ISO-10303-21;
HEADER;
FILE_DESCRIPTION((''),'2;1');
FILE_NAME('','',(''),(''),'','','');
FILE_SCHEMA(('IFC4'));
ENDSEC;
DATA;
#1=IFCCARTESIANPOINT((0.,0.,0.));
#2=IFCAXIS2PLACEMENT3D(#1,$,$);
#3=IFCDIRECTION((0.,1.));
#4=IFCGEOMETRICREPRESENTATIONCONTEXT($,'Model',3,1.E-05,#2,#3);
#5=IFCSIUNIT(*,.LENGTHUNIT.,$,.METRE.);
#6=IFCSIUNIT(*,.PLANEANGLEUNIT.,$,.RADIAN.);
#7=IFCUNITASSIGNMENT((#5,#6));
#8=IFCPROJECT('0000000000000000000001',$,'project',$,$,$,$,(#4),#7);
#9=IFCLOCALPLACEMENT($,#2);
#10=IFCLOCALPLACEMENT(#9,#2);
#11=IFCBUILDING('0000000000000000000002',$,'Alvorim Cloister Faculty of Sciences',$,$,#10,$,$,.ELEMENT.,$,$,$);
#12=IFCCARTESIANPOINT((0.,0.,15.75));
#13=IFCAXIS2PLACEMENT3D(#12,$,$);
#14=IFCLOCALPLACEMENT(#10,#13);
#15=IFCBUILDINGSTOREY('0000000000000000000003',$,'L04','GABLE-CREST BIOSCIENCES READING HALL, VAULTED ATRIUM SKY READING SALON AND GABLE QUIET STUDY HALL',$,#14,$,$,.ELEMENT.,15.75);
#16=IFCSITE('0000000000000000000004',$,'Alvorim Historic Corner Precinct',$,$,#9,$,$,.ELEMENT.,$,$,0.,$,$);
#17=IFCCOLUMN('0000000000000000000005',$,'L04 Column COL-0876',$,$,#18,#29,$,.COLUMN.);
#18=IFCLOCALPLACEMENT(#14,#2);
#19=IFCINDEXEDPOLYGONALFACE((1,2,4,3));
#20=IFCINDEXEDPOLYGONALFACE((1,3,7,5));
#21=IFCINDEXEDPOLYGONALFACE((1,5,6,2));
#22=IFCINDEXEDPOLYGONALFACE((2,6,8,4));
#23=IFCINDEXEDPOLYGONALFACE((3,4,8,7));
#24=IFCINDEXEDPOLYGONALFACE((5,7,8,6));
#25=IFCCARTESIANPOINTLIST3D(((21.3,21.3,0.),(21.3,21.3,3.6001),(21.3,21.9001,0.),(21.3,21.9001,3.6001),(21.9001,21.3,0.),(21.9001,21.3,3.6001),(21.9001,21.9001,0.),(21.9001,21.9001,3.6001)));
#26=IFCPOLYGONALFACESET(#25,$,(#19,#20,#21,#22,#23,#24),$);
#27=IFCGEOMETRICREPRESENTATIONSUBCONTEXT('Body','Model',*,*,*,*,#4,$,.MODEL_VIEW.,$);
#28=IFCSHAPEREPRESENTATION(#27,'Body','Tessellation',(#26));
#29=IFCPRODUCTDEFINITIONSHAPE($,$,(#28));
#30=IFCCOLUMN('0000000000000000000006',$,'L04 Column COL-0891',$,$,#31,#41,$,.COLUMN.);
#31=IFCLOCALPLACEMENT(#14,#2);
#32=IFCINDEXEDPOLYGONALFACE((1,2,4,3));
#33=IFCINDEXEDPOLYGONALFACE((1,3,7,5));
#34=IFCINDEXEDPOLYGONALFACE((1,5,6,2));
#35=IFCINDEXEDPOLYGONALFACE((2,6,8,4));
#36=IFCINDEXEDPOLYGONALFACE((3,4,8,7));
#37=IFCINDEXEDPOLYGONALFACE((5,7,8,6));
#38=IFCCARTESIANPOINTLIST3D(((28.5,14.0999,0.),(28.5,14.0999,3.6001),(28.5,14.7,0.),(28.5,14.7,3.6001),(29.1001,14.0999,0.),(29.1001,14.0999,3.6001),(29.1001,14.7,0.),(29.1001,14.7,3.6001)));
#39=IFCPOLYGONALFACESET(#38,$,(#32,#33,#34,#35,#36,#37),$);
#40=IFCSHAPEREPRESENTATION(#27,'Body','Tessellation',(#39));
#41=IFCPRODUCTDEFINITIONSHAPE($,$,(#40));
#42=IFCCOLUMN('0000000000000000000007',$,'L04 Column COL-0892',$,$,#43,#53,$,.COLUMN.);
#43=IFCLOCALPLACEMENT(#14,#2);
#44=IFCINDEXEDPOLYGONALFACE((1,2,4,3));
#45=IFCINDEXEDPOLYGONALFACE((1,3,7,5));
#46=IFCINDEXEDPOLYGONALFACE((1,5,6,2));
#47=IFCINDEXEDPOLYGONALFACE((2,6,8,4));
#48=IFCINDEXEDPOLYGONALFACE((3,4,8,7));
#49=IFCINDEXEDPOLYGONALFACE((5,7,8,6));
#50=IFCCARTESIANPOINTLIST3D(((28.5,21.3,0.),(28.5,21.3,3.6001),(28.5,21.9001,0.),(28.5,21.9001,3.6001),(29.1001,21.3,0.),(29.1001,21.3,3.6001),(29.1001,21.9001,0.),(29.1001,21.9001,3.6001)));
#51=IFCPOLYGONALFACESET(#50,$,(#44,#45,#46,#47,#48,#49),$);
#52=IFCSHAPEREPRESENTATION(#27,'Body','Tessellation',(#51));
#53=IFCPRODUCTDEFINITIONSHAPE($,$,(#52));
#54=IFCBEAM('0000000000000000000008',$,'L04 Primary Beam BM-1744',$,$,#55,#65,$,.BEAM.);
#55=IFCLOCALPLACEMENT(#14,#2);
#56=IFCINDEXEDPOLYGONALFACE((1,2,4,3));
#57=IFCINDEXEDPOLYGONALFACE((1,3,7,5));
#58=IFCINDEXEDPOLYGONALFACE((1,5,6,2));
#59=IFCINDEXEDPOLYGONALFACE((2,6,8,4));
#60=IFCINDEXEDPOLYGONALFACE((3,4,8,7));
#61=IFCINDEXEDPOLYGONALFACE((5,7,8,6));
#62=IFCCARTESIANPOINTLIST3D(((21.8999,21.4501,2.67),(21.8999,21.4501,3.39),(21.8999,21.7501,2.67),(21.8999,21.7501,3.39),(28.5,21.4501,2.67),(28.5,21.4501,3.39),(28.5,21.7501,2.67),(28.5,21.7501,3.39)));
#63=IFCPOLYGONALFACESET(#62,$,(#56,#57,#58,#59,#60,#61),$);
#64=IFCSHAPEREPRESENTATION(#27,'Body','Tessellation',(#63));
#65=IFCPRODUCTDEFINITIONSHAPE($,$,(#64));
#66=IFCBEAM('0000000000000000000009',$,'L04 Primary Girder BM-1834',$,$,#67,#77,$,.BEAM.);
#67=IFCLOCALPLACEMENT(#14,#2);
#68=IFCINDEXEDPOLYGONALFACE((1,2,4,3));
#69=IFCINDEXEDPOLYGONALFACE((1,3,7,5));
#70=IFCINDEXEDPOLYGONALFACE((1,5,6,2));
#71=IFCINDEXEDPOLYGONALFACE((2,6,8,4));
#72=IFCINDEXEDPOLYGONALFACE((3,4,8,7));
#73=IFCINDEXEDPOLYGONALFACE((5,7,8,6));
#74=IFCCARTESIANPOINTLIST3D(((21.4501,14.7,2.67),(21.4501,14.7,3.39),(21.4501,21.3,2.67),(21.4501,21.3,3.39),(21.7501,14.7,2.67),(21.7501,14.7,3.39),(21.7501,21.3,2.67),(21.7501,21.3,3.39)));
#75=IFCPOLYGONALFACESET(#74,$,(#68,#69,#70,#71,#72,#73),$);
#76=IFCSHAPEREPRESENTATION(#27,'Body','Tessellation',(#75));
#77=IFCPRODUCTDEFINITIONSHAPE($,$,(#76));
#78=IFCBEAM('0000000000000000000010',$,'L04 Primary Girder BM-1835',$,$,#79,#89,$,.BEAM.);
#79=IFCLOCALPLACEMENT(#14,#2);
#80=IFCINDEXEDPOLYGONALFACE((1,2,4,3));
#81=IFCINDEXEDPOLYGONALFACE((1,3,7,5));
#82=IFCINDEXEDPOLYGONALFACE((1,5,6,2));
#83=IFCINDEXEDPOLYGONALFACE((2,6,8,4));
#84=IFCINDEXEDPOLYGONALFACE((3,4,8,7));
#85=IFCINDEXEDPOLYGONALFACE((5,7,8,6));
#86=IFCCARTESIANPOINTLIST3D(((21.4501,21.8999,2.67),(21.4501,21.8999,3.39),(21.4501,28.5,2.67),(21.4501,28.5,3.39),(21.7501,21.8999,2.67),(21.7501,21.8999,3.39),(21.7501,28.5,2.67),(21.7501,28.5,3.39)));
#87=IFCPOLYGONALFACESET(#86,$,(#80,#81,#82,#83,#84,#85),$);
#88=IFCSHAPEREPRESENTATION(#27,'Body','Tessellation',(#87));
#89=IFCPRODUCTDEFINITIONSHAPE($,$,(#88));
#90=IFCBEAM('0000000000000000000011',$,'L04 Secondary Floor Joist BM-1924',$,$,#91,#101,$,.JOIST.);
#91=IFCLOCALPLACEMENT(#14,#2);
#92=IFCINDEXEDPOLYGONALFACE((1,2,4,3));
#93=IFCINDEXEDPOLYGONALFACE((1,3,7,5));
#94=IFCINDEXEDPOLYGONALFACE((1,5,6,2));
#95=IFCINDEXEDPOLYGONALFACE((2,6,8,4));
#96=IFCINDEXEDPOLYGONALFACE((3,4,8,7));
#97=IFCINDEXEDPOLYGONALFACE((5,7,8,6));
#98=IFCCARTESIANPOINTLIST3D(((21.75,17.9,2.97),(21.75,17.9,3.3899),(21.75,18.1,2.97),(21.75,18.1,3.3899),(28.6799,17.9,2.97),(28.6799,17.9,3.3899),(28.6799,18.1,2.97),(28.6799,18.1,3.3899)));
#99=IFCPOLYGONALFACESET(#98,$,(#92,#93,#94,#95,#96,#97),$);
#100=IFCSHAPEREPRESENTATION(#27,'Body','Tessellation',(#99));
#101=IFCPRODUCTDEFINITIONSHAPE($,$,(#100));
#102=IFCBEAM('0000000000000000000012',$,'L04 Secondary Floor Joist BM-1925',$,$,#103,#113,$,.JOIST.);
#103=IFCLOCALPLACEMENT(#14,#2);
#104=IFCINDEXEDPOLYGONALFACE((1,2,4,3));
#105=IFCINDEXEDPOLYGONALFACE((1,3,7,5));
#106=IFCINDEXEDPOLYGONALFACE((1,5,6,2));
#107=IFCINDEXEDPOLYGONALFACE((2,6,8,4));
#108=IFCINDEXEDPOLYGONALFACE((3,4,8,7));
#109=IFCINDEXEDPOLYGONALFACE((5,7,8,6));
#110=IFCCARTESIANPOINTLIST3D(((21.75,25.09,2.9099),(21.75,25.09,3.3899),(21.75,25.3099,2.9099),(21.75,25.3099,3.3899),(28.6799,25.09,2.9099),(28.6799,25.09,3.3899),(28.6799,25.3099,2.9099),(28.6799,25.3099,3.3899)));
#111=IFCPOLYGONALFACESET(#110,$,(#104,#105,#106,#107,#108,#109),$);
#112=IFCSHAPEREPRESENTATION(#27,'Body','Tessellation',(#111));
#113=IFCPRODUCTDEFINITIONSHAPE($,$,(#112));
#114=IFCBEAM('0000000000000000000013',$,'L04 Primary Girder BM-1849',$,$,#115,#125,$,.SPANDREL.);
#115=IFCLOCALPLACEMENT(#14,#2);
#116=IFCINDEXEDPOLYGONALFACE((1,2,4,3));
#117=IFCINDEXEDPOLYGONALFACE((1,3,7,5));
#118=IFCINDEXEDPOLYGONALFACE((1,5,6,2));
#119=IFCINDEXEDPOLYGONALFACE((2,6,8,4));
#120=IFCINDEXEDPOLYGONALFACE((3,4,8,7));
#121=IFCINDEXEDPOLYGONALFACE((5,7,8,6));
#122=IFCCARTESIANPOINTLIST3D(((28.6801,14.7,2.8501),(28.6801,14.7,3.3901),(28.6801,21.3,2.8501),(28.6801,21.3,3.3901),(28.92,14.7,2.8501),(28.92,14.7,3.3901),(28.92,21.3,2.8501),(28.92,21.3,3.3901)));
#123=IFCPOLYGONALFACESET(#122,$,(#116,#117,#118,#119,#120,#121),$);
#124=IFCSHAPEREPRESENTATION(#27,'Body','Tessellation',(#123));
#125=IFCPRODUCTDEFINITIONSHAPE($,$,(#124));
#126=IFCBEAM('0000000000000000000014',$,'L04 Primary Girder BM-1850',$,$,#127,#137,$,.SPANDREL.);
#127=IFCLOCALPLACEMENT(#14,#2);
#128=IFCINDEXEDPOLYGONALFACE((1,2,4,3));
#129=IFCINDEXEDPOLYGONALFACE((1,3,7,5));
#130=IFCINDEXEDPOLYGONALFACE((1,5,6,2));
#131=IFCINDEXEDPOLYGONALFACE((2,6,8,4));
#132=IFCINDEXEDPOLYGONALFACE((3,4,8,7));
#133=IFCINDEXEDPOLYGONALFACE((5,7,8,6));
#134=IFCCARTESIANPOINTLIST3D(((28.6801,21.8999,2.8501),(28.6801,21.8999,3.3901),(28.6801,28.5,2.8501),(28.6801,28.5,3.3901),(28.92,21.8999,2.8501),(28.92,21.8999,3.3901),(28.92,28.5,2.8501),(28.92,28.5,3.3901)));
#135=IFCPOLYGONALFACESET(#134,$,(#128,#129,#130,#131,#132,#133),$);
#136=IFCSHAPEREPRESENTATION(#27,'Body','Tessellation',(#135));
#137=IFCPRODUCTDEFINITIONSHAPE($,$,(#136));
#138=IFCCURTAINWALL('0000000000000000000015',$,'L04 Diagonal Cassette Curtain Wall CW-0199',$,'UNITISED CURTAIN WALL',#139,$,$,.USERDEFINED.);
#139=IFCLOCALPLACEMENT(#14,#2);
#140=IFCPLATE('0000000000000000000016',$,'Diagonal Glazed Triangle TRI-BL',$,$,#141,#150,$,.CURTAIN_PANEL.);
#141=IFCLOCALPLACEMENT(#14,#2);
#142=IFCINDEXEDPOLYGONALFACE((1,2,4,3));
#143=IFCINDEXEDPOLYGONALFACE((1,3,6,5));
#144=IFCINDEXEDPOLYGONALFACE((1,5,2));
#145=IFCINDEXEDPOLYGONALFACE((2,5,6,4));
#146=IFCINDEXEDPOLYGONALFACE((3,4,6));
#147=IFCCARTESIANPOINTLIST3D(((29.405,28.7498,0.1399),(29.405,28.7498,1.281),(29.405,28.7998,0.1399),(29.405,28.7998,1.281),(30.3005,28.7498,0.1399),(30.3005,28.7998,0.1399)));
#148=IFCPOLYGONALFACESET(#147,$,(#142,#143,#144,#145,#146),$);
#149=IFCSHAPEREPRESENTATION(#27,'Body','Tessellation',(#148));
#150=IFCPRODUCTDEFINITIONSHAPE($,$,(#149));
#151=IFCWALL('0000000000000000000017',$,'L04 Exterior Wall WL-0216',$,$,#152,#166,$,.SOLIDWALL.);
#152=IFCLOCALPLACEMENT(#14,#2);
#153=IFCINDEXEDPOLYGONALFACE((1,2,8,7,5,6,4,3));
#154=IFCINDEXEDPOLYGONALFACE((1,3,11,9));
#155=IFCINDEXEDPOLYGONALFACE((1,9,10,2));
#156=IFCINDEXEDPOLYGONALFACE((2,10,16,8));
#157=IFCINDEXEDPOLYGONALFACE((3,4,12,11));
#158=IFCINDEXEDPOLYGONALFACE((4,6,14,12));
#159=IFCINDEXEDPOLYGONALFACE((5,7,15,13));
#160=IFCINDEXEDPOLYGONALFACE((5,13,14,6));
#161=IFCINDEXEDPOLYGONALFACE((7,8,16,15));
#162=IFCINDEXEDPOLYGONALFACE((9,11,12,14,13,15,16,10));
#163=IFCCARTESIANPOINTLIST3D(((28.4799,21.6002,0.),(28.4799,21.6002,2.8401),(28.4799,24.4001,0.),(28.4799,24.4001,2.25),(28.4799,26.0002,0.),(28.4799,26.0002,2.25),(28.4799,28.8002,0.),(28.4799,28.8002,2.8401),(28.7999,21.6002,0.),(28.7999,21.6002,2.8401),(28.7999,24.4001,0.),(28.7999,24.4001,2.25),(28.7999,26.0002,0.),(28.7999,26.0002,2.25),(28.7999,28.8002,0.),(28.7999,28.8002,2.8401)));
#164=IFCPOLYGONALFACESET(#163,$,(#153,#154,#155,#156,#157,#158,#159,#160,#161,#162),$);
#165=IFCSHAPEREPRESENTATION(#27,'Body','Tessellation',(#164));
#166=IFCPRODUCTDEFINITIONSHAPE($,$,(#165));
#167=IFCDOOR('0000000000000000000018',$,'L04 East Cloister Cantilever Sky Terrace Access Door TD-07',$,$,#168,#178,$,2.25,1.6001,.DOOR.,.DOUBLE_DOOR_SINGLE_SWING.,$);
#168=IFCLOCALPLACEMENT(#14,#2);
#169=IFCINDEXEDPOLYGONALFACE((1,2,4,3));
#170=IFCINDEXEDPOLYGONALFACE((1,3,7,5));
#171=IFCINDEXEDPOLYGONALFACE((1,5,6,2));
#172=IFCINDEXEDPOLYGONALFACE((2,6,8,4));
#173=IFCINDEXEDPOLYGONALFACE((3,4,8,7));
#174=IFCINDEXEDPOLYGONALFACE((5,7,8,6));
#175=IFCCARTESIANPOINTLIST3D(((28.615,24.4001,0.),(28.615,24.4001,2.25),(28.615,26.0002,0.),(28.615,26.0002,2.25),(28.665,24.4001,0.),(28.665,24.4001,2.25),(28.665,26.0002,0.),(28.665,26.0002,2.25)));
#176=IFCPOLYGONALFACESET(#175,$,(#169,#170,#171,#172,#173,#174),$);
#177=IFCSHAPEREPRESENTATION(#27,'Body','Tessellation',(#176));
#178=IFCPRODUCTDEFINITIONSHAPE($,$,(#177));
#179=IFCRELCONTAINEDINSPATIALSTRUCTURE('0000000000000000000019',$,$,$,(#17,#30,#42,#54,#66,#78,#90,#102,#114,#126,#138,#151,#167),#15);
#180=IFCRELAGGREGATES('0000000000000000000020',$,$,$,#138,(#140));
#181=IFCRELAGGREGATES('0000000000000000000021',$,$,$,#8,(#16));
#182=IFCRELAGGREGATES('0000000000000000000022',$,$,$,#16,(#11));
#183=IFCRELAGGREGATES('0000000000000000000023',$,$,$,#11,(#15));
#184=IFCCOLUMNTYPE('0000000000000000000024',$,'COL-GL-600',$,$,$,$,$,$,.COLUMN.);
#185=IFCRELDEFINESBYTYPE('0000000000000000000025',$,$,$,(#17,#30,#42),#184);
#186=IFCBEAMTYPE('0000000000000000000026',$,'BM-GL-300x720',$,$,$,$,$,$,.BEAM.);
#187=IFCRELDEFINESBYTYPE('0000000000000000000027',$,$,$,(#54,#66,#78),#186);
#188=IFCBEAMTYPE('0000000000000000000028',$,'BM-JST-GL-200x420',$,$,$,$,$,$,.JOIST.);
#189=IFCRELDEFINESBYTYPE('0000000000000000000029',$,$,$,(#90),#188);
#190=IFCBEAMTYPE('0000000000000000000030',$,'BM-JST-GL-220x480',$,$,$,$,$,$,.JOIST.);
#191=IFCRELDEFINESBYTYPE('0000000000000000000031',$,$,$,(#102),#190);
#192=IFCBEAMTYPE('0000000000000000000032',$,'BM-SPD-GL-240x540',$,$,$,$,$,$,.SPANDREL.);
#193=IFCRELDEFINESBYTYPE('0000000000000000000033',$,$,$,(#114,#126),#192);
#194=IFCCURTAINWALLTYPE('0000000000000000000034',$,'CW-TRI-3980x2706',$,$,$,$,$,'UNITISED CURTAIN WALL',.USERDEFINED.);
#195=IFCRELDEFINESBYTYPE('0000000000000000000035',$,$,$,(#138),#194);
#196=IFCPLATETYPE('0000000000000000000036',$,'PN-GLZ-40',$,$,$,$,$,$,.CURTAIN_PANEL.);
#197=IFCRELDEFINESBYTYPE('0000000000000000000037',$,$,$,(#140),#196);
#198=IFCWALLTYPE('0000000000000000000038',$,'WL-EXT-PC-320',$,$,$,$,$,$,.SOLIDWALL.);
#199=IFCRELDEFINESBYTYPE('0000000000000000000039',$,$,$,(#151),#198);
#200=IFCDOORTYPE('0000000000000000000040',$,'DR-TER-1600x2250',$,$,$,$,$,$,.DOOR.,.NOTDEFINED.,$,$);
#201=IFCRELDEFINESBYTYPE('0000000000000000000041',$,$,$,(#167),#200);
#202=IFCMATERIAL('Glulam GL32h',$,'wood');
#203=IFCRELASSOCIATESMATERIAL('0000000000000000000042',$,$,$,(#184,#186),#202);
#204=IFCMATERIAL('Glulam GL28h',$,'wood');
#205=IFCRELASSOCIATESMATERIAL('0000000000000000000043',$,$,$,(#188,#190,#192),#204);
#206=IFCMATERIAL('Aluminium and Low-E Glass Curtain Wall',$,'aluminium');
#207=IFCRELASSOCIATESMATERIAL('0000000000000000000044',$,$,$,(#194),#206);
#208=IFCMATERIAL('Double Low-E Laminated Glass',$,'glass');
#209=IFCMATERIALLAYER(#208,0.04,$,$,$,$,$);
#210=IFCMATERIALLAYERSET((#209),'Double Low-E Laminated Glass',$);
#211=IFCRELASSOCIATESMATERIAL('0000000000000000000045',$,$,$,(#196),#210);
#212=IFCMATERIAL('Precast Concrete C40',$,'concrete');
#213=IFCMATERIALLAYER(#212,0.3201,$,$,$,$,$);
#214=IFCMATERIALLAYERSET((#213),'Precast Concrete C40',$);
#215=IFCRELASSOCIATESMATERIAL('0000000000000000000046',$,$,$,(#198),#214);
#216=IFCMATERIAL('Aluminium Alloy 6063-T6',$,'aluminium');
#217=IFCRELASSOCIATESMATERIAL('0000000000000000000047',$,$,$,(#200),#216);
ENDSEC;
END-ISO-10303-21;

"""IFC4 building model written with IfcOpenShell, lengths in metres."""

from ifc_helpers import new_model, si_unit, direction, frame, frame_2d, origin, origin_2d, place, context, subcontext, project, spatial, polyline, rectangle, outline, extrude, material, layer, layer_set, material_profile, profile_set, type_object, element, fill, aggregate, save


model = new_model("IFC4")

# Units and contexts
model_context = context("Model", 3, precision=1e-05, world=origin(), true_north=direction((0.0, 1.0)))
body_context = subcontext(model_context, "Body", "Model", "MODEL_VIEW")
ifc_project = project(units=[si_unit("LENGTHUNIT", "METRE"), si_unit("PLANEANGLEUNIT", "RADIAN")], contexts=[model_context])

# Site, building, storey
site_placement = place(None, origin())
site = spatial("IfcSite", under=ifc_project, at=site_placement, Name="Alvorim Historic Corner Precinct", CompositionType="ELEMENT", RefElevation=0.0)
building_placement = place(site_placement, origin())
building = spatial("IfcBuilding", under=site, at=building_placement, Name="Alvorim Cloister Faculty of Sciences", CompositionType="ELEMENT")
storey_placement = place(building_placement, frame((0.0, 0.0, 15.75)))
storey = spatial("IfcBuildingStorey", under=building, at=storey_placement, Name="L04", Description="GABLE-CREST BIOSCIENCES READING HALL, VAULTED ATRIUM SKY READING SALON AND GABLE QUIET STUDY HALL", CompositionType="ELEMENT", Elevation=15.75)

# Columns
ifc_material_1 = material(Name="Glulam GL32h", Category="wood")
ifc_material_profile_1 = material_profile(ifc_material_1, rectangle(XDim=0.6001, YDim=0.6001, at=origin_2d()), Name="GL32-COL-600x600")
ifc_profile_set_1 = profile_set([ifc_material_profile_1], Name="Glulam GL32h")
column_type = type_object("IfcColumnType", Name="COL-GL-600", PredefinedType="COLUMN", material=ifc_profile_set_1)
for number, where, z_axis, x_axis, name in (
    (1, (21.6001, 21.6001, 0.0), (0.0, 0.0, 1.0), (1.0, 0.0, 0.0), "L04 Column COL-0876"),
    (2, (28.8, 14.3999, 0.0), (0.0, 0.0, 1.0), (1.0, 0.0, 0.0), "L04 Column COL-0891"),
    (3, (28.8, 21.6001, 0.0), (0.0, 0.0, 1.0), (1.0, 0.0, 0.0), "L04 Column COL-0892"),
):
    element("IfcColumn", number, at=place(storey_placement, frame(where, z_axis=z_axis, x_axis=x_axis)), inside=storey, type_object=column_type, Name=name, PredefinedType="COLUMN", context=body_context, shape_type="SweptSolid", body=[
        extrude(rectangle(XDim=0.6001, YDim=0.6001, at=origin_2d()), origin(), (0.0, 0.0, 1.0), 3.6001),
    ])

# Beams
ifc_material_profile_2 = material_profile(ifc_material_1, rectangle(XDim=0.3, YDim=0.72, at=origin_2d()), Name="GL32-BM-300x720")
ifc_profile_set_2 = profile_set([ifc_material_profile_2], Name="Glulam GL32h")
beam_type_1 = type_object("IfcBeamType", Name="BM-GL-300x720", PredefinedType="BEAM", material=ifc_profile_set_2)
for number, where, z_axis, x_axis, name in (
    (4, (21.8999, 21.6001, 3.03), (1.0, 0.0, 0.0), (0.0, 1.0, 0.0), "L04 Primary Beam BM-1744"),
    (5, (21.6001, 14.7, 3.03), (0.0, 1.0, 0.0), (-1.0, 0.0, 0.0), "L04 Primary Girder BM-1834"),
    (6, (21.6001, 21.8999, 3.03), (0.0, 1.0, 0.0), (-1.0, 0.0, 0.0), "L04 Primary Girder BM-1835"),
):
    element("IfcBeam", number, at=place(storey_placement, frame(where, z_axis=z_axis, x_axis=x_axis)), inside=storey, type_object=beam_type_1, Name=name, PredefinedType="BEAM", context=body_context, shape_type="SweptSolid", body=[
        extrude(rectangle(XDim=0.3, YDim=0.72, at=origin_2d()), origin(), (0.0, 0.0, 1.0), 6.6001),
    ])
ifc_material_2 = material(Name="Glulam GL28h", Category="wood")
ifc_material_profile_3 = material_profile(ifc_material_2, rectangle(XDim=0.2, YDim=0.4199, at=origin_2d()), Name="GL28-JST-200x420")
ifc_profile_set_3 = profile_set([ifc_material_profile_3], Name="Glulam GL28h")
beam_type_2 = type_object("IfcBeamType", Name="BM-JST-GL-200x420", PredefinedType="JOIST", material=ifc_profile_set_3)
beam_1_placement = place(storey_placement, frame((21.75, 18.0, 3.1799), z_axis=(1.0, 0.0, 0.0), x_axis=(0.0, 1.0, 0.0)))
element("IfcBeam", 7, at=beam_1_placement, inside=storey, type_object=beam_type_2, Name="L04 Secondary Floor Joist BM-1924", PredefinedType="JOIST", context=body_context, shape_type="SweptSolid", body=[
    extrude(rectangle(XDim=0.2, YDim=0.4199, at=origin_2d()), origin(), (0.0, 0.0, 1.0), 6.9299),
])
ifc_material_profile_4 = material_profile(ifc_material_2, rectangle(XDim=0.22, YDim=0.48, at=origin_2d()), Name="GL28-JST-220x480")
ifc_profile_set_4 = profile_set([ifc_material_profile_4], Name="Glulam GL28h")
beam_type_3 = type_object("IfcBeamType", Name="BM-JST-GL-220x480", PredefinedType="JOIST", material=ifc_profile_set_4)
beam_2_placement = place(storey_placement, frame((21.75, 25.2, 3.1499), z_axis=(1.0, 0.0, 0.0), x_axis=(0.0, 1.0, 0.0)))
element("IfcBeam", 8, at=beam_2_placement, inside=storey, type_object=beam_type_3, Name="L04 Secondary Floor Joist BM-1925", PredefinedType="JOIST", context=body_context, shape_type="SweptSolid", body=[
    extrude(rectangle(XDim=0.22, YDim=0.48, at=origin_2d()), origin(), (0.0, 0.0, 1.0), 6.9299),
])
ifc_material_profile_5 = material_profile(ifc_material_2, rectangle(XDim=0.24, YDim=0.54, at=origin_2d()), Name="GL28-SPD-240x540")
ifc_profile_set_5 = profile_set([ifc_material_profile_5], Name="Glulam GL28h")
beam_type_4 = type_object("IfcBeamType", Name="BM-SPD-GL-240x540", PredefinedType="SPANDREL", material=ifc_profile_set_5)
for number, where, z_axis, x_axis, name in (
    (9, (28.8, 14.7, 3.1201), (0.0, 1.0, 0.0), (-1.0, 0.0, 0.0), "L04 Primary Girder BM-1849"),
    (10, (28.8, 21.8999, 3.1201), (0.0, 1.0, 0.0), (-1.0, 0.0, 0.0), "L04 Primary Girder BM-1850"),
):
    element("IfcBeam", number, at=place(storey_placement, frame(where, z_axis=z_axis, x_axis=x_axis)), inside=storey, type_object=beam_type_4, Name=name, PredefinedType="SPANDREL", context=body_context, shape_type="SweptSolid", body=[
        extrude(rectangle(XDim=0.24, YDim=0.54, at=origin_2d()), origin(), (0.0, 0.0, 1.0), 6.6001),
    ])

# Curtain wall, plate
ifc_material_3 = material(Name="Aluminium and Low-E Glass Curtain Wall", Category="aluminium")
curtain_wall_type = type_object("IfcCurtainWallType", Name="CW-TRI-3980x2706", ElementType="UNITISED CURTAIN WALL", PredefinedType="USERDEFINED", material=ifc_material_3)
curtain_wall_placement = place(storey_placement, origin())
curtain_wall = element("IfcCurtainWall", 11, at=curtain_wall_placement, inside=storey, type_object=curtain_wall_type, Name="L04 Diagonal Cassette Curtain Wall CW-0199", ObjectType="UNITISED CURTAIN WALL", PredefinedType="USERDEFINED")
ifc_material_4 = material(Name="Double Low-E Laminated Glass", Category="glass")
ifc_layer_1 = layer(ifc_material_4, 0.04)
ifc_layer_set_1 = layer_set([ifc_layer_1], Name="Double Low-E Laminated Glass")
plate_type = type_object("IfcPlateType", Name="PN-GLZ-40", PredefinedType="CURTAIN_PANEL", material=ifc_layer_set_1)
plate_1_placement = place(storey_placement, frame((29.405, 28.7749, 0.1399), z_axis=(0.0, 0.0, 1.0), x_axis=(1.0, 0.0, 0.0)))
plate_1 = element("IfcPlate", 12, at=plate_1_placement, type_object=plate_type, Name="Diagonal Glazed Triangle TRI-BL", PredefinedType="CURTAIN_PANEL", context=body_context, shape_type="SweptSolid", body=[
    extrude(outline(polyline([(0.0, 0.0), (0.8955, 0.0), (0.0, 1.1411), (0.0, 0.0)])), frame((0.0, 0.0249, 0.0), z_axis=(0.0, -1.0, 0.0), x_axis=(1.0, 0.0, 0.0)), (0.0, 0.0, 1.0), 0.05),
])
aggregate(curtain_wall, [plate_1])

# Wall, opening, door
ifc_material_5 = material(Name="Precast Concrete C40", Category="concrete")
ifc_layer_2 = layer(ifc_material_5, 0.3201)
ifc_layer_set_2 = layer_set([ifc_layer_2], Name="Precast Concrete C40")
wall_type_1 = type_object("IfcWallType", Name="WL-EXT-PC-320", PredefinedType="SOLIDWALL", material=ifc_layer_set_2)
wall_1_placement = place(storey_placement, frame((28.6399, 21.6001, 0.0), z_axis=(0.0, 0.0, 1.0), x_axis=(0.0, 1.0, 0.0)))
wall_1 = element("IfcWall", 13, at=wall_1_placement, inside=storey, type_object=wall_type_1, Name="L04 Exterior Wall WL-0216", PredefinedType="SOLIDWALL", context=body_context, shape_type="SweptSolid", body=[
    extrude(rectangle(XDim=7.2, YDim=0.3201, at=frame_2d((3.6001, 0.0))), origin(), (0.0, 0.0, 1.0), 2.8401),
])
opening_1_placement = place(wall_1_placement, frame((2.8, 0.0, 0.0)))
opening_1 = element("IfcOpeningElement", 14, at=opening_1_placement, cuts=wall_1, PredefinedType="OPENING", context=body_context, shape_type="SweptSolid", body=[
    extrude(rectangle(XDim=1.6001, YDim=2.25, at=frame_2d((0.8, 1.125))), frame((0.0, 0.1719, 0.0), z_axis=(0.0, -1.0, 0.0), x_axis=(1.0, 0.0, 0.0)), (0.0, 0.0, 1.0), 0.344),
])
ifc_material_6 = material(Name="Aluminium Alloy 6063-T6", Category="aluminium")
door_type_1 = type_object("IfcDoorType", Name="DR-TER-1600x2250", OperationType="NOTDEFINED", PredefinedType="DOOR", material=ifc_material_6)
door_1_placement = place(opening_1_placement, origin())
door_1 = element("IfcDoor", 15, at=door_1_placement, inside=storey, type_object=door_type_1, Name="L04 East Cloister Cantilever Sky Terrace Access Door TD-07", OperationType="DOUBLE_DOOR_SINGLE_SWING", OverallHeight=2.25, OverallWidth=1.6001, PredefinedType="DOOR", context=body_context, shape_type="SweptSolid", body=[
    extrude(rectangle(XDim=1.6001, YDim=2.25, at=frame_2d((0.8, 1.125))), frame((0.0, 0.0249, 0.0), z_axis=(0.0, -1.0, 0.0), x_axis=(1.0, 0.0, 0.0)), (0.0, 0.0, 1.0), 0.05),
])
fill(opening_1, door_1)

save(model, "model.ifc")
